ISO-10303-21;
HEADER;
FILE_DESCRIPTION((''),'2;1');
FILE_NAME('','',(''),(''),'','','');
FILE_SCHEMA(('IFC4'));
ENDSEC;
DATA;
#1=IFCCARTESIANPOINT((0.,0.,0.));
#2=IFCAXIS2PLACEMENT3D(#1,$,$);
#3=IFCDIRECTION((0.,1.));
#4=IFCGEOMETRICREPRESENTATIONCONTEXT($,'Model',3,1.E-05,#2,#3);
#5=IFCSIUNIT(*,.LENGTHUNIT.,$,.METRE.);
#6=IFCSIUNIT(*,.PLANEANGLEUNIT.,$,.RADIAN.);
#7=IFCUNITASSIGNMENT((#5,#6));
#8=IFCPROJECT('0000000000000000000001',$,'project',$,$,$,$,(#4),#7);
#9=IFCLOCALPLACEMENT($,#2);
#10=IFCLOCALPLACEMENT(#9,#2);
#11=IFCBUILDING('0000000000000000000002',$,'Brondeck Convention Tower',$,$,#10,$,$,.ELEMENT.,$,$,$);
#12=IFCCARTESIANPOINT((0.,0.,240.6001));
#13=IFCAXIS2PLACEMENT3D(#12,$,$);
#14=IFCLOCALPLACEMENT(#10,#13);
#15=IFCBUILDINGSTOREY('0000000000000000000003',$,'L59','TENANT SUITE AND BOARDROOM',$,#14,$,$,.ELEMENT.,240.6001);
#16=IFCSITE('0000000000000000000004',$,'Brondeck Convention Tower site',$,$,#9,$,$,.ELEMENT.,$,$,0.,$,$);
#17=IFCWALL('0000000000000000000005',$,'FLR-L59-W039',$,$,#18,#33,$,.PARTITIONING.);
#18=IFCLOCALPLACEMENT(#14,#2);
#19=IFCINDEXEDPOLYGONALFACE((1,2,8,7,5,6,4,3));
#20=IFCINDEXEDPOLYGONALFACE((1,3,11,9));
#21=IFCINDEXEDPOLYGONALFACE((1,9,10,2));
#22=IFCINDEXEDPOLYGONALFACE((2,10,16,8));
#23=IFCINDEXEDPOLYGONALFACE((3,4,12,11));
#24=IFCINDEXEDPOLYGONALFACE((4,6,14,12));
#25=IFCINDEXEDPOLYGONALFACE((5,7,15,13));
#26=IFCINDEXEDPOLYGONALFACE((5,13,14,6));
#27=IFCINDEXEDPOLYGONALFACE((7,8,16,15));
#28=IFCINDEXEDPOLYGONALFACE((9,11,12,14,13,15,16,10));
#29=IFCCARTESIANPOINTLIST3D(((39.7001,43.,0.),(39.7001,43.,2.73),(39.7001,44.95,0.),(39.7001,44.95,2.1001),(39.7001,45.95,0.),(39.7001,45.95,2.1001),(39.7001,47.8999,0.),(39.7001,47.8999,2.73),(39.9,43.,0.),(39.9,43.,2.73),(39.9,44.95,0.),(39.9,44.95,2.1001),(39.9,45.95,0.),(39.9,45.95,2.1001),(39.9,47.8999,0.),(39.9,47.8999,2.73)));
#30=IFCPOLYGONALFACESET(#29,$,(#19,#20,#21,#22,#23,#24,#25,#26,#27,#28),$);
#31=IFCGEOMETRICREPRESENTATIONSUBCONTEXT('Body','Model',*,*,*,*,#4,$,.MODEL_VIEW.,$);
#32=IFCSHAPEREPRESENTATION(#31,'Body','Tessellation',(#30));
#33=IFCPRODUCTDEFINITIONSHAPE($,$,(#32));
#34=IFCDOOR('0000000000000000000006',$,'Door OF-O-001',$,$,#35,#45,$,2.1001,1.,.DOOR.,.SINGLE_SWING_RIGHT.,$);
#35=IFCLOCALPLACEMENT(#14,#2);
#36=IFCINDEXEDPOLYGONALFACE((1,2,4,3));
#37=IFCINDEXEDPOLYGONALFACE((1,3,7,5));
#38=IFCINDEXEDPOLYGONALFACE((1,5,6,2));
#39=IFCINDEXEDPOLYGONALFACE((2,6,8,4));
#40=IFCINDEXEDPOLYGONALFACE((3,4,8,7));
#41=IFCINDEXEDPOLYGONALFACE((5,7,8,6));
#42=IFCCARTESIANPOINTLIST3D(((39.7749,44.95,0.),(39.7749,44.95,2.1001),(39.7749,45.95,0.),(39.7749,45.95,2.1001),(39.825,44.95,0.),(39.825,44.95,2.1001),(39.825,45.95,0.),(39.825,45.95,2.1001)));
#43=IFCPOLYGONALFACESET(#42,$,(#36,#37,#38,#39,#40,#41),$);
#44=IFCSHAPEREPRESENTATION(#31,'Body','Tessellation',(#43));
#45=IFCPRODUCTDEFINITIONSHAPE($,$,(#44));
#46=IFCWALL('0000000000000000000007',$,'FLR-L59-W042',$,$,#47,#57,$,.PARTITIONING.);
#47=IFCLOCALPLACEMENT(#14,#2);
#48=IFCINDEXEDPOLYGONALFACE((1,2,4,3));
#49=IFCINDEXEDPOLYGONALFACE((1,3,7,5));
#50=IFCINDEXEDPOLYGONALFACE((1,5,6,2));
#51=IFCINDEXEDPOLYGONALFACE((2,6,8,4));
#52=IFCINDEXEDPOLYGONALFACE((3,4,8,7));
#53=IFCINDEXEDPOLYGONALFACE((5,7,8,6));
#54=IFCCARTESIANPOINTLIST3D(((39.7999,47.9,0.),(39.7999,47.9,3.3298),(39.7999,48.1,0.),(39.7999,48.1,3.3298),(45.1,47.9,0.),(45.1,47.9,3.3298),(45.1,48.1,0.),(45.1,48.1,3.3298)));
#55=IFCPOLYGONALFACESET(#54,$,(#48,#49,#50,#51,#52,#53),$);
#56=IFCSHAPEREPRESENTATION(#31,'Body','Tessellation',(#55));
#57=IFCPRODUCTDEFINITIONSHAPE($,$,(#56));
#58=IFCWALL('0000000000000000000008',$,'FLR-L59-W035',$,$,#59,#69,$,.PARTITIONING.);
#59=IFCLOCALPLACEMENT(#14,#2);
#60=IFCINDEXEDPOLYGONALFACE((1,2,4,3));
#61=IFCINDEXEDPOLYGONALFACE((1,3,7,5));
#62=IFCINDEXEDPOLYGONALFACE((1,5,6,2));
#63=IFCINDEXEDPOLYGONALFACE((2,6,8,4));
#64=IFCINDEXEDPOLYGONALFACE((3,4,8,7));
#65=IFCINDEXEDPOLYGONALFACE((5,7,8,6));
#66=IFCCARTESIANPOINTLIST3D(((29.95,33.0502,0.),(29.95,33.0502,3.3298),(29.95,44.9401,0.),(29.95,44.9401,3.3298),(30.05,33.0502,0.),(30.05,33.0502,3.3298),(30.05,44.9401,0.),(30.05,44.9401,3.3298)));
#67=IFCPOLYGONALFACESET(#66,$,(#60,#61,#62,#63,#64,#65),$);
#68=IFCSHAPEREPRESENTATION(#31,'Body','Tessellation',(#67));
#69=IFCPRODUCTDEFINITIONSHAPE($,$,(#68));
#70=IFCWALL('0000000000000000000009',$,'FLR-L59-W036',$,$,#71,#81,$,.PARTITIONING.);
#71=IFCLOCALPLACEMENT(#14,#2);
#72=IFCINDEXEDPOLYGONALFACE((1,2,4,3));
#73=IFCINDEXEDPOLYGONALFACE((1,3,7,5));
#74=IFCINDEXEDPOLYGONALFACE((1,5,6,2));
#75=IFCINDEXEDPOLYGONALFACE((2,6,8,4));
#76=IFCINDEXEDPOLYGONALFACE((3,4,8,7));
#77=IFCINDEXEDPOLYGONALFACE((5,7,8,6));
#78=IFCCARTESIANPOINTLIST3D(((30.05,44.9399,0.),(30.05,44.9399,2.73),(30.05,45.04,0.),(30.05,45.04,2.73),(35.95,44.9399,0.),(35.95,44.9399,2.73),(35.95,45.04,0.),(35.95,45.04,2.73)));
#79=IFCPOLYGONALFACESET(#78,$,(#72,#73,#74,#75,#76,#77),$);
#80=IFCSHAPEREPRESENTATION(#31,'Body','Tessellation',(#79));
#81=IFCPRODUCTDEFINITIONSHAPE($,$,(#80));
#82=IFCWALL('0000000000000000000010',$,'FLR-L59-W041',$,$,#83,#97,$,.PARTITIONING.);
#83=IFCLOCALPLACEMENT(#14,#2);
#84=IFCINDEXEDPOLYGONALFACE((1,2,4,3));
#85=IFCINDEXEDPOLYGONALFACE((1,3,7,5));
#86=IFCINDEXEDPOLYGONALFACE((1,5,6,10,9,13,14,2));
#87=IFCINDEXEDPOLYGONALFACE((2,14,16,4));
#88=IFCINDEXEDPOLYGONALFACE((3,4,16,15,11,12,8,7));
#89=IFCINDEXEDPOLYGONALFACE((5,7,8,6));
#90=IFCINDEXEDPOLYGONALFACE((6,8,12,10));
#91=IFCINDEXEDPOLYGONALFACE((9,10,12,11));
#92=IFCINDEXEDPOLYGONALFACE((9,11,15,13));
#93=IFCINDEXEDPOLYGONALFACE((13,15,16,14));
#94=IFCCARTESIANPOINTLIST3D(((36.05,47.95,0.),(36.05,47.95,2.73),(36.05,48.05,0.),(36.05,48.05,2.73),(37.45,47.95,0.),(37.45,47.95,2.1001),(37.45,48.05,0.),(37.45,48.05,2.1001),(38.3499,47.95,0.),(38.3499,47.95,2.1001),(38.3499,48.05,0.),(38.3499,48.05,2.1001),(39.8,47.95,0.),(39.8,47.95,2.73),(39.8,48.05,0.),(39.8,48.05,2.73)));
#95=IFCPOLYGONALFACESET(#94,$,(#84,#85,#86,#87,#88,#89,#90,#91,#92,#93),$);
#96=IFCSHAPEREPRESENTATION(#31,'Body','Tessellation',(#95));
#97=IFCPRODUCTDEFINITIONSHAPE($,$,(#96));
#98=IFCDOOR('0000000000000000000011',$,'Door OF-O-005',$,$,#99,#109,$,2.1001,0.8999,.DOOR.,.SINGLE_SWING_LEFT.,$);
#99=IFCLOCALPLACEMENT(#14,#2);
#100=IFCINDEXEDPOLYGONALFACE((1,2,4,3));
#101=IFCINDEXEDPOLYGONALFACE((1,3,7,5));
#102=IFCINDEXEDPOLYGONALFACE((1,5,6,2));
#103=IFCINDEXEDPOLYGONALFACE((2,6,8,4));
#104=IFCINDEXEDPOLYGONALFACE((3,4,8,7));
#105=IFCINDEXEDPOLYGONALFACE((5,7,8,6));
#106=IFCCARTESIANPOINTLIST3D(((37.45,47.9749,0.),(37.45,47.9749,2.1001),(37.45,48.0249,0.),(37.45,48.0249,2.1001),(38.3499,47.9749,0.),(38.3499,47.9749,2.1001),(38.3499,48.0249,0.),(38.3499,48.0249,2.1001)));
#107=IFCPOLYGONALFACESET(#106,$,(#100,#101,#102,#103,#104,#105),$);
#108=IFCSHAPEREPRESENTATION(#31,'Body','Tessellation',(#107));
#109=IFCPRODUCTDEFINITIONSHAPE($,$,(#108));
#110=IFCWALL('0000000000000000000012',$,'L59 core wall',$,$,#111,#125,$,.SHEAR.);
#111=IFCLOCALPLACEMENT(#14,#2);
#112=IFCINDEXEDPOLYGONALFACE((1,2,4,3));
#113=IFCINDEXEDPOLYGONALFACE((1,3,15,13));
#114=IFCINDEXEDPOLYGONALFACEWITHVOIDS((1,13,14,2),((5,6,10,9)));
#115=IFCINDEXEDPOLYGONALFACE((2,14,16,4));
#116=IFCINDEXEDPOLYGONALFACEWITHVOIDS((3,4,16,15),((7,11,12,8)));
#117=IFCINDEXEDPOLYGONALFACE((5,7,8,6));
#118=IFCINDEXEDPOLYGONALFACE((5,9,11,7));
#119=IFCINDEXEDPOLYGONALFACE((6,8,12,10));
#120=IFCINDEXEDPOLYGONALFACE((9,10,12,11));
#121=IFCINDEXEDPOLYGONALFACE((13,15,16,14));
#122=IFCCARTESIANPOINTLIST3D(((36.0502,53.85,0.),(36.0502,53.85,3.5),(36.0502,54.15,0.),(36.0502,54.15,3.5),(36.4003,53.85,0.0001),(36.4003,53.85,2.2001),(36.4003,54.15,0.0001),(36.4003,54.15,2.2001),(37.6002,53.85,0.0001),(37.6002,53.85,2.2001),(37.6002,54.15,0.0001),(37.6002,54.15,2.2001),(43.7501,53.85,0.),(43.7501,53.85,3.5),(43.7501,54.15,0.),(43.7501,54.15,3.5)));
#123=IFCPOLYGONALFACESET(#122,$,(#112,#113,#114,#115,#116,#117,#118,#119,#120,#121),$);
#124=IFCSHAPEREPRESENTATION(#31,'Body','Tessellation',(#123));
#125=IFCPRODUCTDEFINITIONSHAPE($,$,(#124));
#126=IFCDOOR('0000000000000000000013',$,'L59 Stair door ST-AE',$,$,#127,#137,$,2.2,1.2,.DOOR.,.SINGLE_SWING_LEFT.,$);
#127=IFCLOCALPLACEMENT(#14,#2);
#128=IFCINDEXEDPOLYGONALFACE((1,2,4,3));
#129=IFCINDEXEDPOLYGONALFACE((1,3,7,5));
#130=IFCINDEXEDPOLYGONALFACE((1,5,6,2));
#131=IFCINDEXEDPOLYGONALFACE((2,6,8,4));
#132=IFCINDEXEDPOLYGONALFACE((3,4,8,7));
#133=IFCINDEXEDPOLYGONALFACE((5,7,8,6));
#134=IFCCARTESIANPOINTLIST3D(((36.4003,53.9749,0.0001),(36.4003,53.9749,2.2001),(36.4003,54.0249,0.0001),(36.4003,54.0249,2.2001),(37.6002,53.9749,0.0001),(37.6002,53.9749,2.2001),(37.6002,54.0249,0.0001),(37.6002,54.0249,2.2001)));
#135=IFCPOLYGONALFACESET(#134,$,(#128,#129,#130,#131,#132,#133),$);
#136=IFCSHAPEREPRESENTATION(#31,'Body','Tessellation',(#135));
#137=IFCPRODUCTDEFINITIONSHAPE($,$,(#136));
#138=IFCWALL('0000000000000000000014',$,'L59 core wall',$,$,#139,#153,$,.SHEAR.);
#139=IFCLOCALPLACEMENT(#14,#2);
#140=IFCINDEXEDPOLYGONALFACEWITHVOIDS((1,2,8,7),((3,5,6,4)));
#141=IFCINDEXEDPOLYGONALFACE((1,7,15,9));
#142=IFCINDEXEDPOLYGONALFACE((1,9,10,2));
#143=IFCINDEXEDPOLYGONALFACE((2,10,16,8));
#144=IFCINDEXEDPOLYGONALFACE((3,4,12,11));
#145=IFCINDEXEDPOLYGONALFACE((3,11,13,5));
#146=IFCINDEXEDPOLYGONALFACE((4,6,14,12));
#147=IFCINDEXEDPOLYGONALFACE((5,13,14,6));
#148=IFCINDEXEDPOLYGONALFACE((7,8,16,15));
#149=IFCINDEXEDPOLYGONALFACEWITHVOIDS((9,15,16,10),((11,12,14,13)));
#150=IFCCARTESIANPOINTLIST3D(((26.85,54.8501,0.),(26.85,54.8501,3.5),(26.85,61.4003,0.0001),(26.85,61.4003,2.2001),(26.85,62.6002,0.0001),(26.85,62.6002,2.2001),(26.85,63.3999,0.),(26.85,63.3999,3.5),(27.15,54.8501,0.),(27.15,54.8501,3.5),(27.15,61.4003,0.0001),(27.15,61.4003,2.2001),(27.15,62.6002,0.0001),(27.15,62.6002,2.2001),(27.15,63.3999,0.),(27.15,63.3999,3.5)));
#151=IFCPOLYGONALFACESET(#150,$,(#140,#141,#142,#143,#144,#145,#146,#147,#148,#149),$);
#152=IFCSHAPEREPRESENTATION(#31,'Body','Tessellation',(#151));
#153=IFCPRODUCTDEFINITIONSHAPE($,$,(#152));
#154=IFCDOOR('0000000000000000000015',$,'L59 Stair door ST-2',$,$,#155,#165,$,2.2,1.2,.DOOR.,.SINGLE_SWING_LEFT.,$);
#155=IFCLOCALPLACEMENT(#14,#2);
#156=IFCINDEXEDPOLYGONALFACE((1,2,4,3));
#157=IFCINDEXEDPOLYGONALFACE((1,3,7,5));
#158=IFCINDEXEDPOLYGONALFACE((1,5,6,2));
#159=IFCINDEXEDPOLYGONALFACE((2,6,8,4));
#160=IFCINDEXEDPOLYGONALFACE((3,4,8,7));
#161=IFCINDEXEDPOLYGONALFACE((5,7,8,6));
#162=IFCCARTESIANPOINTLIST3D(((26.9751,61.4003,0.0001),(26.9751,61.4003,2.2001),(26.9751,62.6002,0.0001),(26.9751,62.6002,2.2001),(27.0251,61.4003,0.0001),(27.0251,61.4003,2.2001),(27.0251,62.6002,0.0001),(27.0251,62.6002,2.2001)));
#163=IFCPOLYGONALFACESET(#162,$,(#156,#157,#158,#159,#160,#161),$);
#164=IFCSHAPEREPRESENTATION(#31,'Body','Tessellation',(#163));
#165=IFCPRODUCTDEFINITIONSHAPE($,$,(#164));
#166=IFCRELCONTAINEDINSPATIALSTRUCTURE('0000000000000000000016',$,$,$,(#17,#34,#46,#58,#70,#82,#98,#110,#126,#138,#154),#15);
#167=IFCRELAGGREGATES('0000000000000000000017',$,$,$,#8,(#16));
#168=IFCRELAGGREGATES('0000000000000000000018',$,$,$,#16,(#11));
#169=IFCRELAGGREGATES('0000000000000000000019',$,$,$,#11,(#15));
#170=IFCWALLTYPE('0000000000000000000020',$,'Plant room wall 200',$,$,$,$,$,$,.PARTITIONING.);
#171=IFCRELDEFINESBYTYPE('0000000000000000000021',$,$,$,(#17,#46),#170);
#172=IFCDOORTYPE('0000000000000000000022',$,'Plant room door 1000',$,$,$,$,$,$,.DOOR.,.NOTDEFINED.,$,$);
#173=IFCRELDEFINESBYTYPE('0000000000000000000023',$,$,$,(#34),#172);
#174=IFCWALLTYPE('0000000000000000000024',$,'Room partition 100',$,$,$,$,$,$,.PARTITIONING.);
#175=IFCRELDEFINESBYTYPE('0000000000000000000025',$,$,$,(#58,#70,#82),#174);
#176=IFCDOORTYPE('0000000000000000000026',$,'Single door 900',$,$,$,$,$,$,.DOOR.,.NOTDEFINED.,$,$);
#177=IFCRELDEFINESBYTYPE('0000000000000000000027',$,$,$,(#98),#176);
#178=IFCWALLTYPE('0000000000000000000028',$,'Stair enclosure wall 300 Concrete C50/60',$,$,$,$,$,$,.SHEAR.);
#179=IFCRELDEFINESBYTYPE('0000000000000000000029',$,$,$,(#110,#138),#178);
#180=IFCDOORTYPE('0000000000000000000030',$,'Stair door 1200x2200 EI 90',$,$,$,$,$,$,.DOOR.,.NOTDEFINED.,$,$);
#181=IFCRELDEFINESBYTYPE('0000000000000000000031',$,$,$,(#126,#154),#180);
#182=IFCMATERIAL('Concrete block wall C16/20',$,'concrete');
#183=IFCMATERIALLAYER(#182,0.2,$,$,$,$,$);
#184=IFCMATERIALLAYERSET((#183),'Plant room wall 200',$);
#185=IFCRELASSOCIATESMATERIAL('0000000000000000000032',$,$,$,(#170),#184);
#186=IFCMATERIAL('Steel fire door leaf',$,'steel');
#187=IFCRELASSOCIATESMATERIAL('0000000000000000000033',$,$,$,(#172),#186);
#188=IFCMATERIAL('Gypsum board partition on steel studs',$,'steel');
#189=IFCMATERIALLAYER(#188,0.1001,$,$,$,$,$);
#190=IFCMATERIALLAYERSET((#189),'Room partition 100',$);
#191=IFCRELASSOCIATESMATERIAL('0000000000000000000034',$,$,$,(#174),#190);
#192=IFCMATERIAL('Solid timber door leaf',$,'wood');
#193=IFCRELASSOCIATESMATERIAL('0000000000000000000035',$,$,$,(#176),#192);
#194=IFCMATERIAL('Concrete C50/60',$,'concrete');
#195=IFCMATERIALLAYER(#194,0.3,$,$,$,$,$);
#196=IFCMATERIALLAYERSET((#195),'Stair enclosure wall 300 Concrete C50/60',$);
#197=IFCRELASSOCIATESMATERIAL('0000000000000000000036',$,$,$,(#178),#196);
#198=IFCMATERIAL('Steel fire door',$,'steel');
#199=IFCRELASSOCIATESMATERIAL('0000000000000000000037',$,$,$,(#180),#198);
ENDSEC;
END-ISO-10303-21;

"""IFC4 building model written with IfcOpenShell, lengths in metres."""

from ifc_helpers import new_model, si_unit, direction, frame, frame_2d, origin, place, context, subcontext, project, spatial, rectangle, extrude, material, layer, layer_set, type_object, element, fill, save


model = new_model("IFC4")

# Units and contexts
model_context = context("Model", 3, precision=1e-05, world=origin(), true_north=direction((0.0, 1.0)))
body_context = subcontext(model_context, "Body", "Model", "MODEL_VIEW")
ifc_project = project(units=[si_unit("LENGTHUNIT", "METRE"), si_unit("PLANEANGLEUNIT", "RADIAN")], contexts=[model_context])

# Site, building, storey
site_placement = place(None, origin())
site = spatial("IfcSite", under=ifc_project, at=site_placement, Name="Brondeck Convention Tower site", CompositionType="ELEMENT", RefElevation=0.0)
building_placement = place(site_placement, origin())
building = spatial("IfcBuilding", under=site, at=building_placement, Name="Brondeck Convention Tower", CompositionType="ELEMENT")
storey_placement = place(building_placement, frame((0.0, 0.0, 240.6001)))
storey = spatial("IfcBuildingStorey", under=building, at=storey_placement, Name="L59", Description="TENANT SUITE AND BOARDROOM", CompositionType="ELEMENT", Elevation=240.6001)

# Shared definitions
ifc_material_1 = material(Name="Concrete C50/60", Category="concrete")

# Wall, opening, door
ifc_material_2 = material(Name="Concrete block wall C16/20", Category="concrete")
ifc_layer_1 = layer(ifc_material_2, 0.2)
ifc_layer_set_1 = layer_set([ifc_layer_1], Name="Plant room wall 200")
wall_type_1 = type_object("IfcWallType", Name="Plant room wall 200", PredefinedType="PARTITIONING", material=ifc_layer_set_1)
wall_1_placement = place(storey_placement, frame((39.8, 47.8999, 0.0), z_axis=(0.0, 0.0, 1.0), x_axis=(0.0, -1.0, 0.0)))
wall_1 = element("IfcWall", 1, at=wall_1_placement, inside=storey, type_object=wall_type_1, Name="FLR-L59-W039", PredefinedType="PARTITIONING", context=body_context, shape_type="SweptSolid", body=[
    extrude(rectangle(XDim=4.8999, YDim=0.2, at=frame_2d((2.45, 0.0))), origin(), (0.0, 0.0, 1.0), 2.73),
])
opening_1_placement = place(wall_1_placement, frame((1.95, 0.0, 0.0)))
opening_1 = element("IfcOpeningElement", 2, at=opening_1_placement, cuts=wall_1, PredefinedType="OPENING", context=body_context, shape_type="SweptSolid", body=[
    extrude(rectangle(XDim=1.0, YDim=2.1001, at=frame_2d((0.5, 1.05))), frame((0.0, 0.1099, 0.0), z_axis=(0.0, -1.0, 0.0), x_axis=(1.0, 0.0, 0.0)), (0.0, 0.0, 1.0), 0.22),
])
ifc_material_3 = material(Name="Steel fire door leaf", Category="steel")
door_type_1 = type_object("IfcDoorType", Name="Plant room door 1000", OperationType="NOTDEFINED", PredefinedType="DOOR", material=ifc_material_3)
door_1_placement = place(opening_1_placement, origin())
door_1 = element("IfcDoor", 3, at=door_1_placement, inside=storey, type_object=door_type_1, Name="Door OF-O-001", OperationType="SINGLE_SWING_RIGHT", OverallHeight=2.1001, OverallWidth=1.0, PredefinedType="DOOR", context=body_context, shape_type="SweptSolid", body=[
    extrude(rectangle(XDim=1.0, YDim=2.1001, at=frame_2d((0.5, 1.05))), frame((0.0, 0.0249, 0.0), z_axis=(0.0, -1.0, 0.0), x_axis=(1.0, 0.0, 0.0)), (0.0, 0.0, 1.0), 0.05),
])
fill(opening_1, door_1)

# Walls
wall_2_placement = place(storey_placement, frame((39.8, 48.0, 0.0), z_axis=(0.0, 0.0, 1.0), x_axis=(1.0, 0.0, 0.0)))
element("IfcWall", 4, at=wall_2_placement, inside=storey, type_object=wall_type_1, Name="FLR-L59-W042", PredefinedType="PARTITIONING", context=body_context, shape_type="SweptSolid", body=[
    extrude(rectangle(XDim=5.3, YDim=0.2, at=frame_2d((2.6499, 0.0))), origin(), (0.0, 0.0, 1.0), 3.3298),
])
ifc_material_4 = material(Name="Gypsum board partition on steel studs", Category="steel")
ifc_layer_2 = layer(ifc_material_4, 0.1001)
ifc_layer_set_2 = layer_set([ifc_layer_2], Name="Room partition 100")
wall_type_2 = type_object("IfcWallType", Name="Room partition 100", PredefinedType="PARTITIONING", material=ifc_layer_set_2)
wall_3_placement = place(storey_placement, frame((30.0, 44.9399, 0.0), z_axis=(0.0, 0.0, 1.0), x_axis=(0.0, -1.0, 0.0)))
element("IfcWall", 5, at=wall_3_placement, inside=storey, type_object=wall_type_2, Name="FLR-L59-W035", PredefinedType="PARTITIONING", context=body_context, shape_type="SweptSolid", body=[
    extrude(rectangle(XDim=11.8899, YDim=0.1001, at=frame_2d((5.9448, 0.0))), origin(), (0.0, 0.0, 1.0), 3.3298),
])
wall_4_placement = place(storey_placement, frame((30.05, 44.99, 0.0), z_axis=(0.0, 0.0, 1.0), x_axis=(1.0, 0.0, 0.0)))
element("IfcWall", 6, at=wall_4_placement, inside=storey, type_object=wall_type_2, Name="FLR-L59-W036", PredefinedType="PARTITIONING", context=body_context, shape_type="SweptSolid", body=[
    extrude(rectangle(XDim=5.8999, YDim=0.1001, at=frame_2d((2.95, 0.0))), origin(), (0.0, 0.0, 1.0), 2.73),
])

# Walls, openings, doors
wall_5_placement = place(storey_placement, frame((36.05, 48.0, 0.0), z_axis=(0.0, 0.0, 1.0), x_axis=(1.0, 0.0, 0.0)))
wall_5 = element("IfcWall", 7, at=wall_5_placement, inside=storey, type_object=wall_type_2, Name="FLR-L59-W041", PredefinedType="PARTITIONING", context=body_context, shape_type="SweptSolid", body=[
    extrude(rectangle(XDim=3.75, YDim=0.1001, at=frame_2d((1.875, 0.0))), origin(), (0.0, 0.0, 1.0), 2.73),
])
opening_2_placement = place(wall_5_placement, frame((1.3999, 0.0, 0.0)))
opening_2 = element("IfcOpeningElement", 8, at=opening_2_placement, cuts=wall_5, PredefinedType="OPENING", context=body_context, shape_type="SweptSolid", body=[
    extrude(rectangle(XDim=0.8999, YDim=2.1001, at=frame_2d((0.45, 1.05))), frame((0.0, 0.0601, 0.0), z_axis=(0.0, -1.0, 0.0), x_axis=(1.0, 0.0, 0.0)), (0.0, 0.0, 1.0), 0.1201),
])
ifc_material_5 = material(Name="Solid timber door leaf", Category="wood")
door_type_2 = type_object("IfcDoorType", Name="Single door 900", OperationType="NOTDEFINED", PredefinedType="DOOR", material=ifc_material_5)
door_2_placement = place(opening_2_placement, origin())
door_2 = element("IfcDoor", 9, at=door_2_placement, inside=storey, type_object=door_type_2, Name="Door OF-O-005", OperationType="SINGLE_SWING_LEFT", OverallHeight=2.1001, OverallWidth=0.8999, PredefinedType="DOOR", context=body_context, shape_type="SweptSolid", body=[
    extrude(rectangle(XDim=0.8999, YDim=2.1001, at=frame_2d((0.45, 1.05))), frame((0.0, 0.0249, 0.0), z_axis=(0.0, -1.0, 0.0), x_axis=(1.0, 0.0, 0.0)), (0.0, 0.0, 1.0), 0.05),
])
fill(opening_2, door_2)
ifc_layer_3 = layer(ifc_material_1, 0.3)
ifc_layer_set_3 = layer_set([ifc_layer_3], Name="Stair enclosure wall 300 Concrete C50/60")
wall_type_3 = type_object("IfcWallType", Name="Stair enclosure wall 300 Concrete C50/60", PredefinedType="SHEAR", material=ifc_layer_set_3)
wall_6_placement = place(storey_placement, frame((36.05, 54.0, 0.0), z_axis=(0.0, 0.0, 1.0), x_axis=(1.0, 0.0, 0.0)))
wall_6 = element("IfcWall", 10, at=wall_6_placement, inside=storey, type_object=wall_type_3, Name="L59 core wall", PredefinedType="SHEAR", context=body_context, shape_type="SweptSolid", body=[
    extrude(rectangle(XDim=7.7, YDim=0.3, at=frame_2d((3.8501, 0.0))), origin(), (0.0, 0.0, 1.0), 3.5),
])
opening_3_placement = place(wall_6_placement, frame((0.3501, 0.0, 0.0)))
opening_3 = element("IfcOpeningElement", 11, at=opening_3_placement, cuts=wall_6, PredefinedType="OPENING", context=body_context, shape_type="SweptSolid", body=[
    extrude(rectangle(XDim=1.2, YDim=2.2, at=frame_2d((0.6001, 1.1001))), frame((0.0, 0.1599, 0.0), z_axis=(0.0, -1.0, 0.0), x_axis=(1.0, 0.0, 0.0)), (0.0, 0.0, 1.0), 0.3201),
])
ifc_material_6 = material(Name="Steel fire door", Category="steel")
door_type_3 = type_object("IfcDoorType", Name="Stair door 1200x2200 EI 90", OperationType="NOTDEFINED", PredefinedType="DOOR", material=ifc_material_6)
door_3_placement = place(opening_3_placement, origin())
door_3 = element("IfcDoor", 12, at=door_3_placement, inside=storey, type_object=door_type_3, Name="L59 Stair door ST-AE", OperationType="SINGLE_SWING_LEFT", OverallHeight=2.2, OverallWidth=1.2, PredefinedType="DOOR", context=body_context, shape_type="SweptSolid", body=[
    extrude(rectangle(XDim=1.2, YDim=2.2, at=frame_2d((0.6001, 1.1001))), frame((0.0, 0.0249, 0.0), z_axis=(0.0, -1.0, 0.0), x_axis=(1.0, 0.0, 0.0)), (0.0, 0.0, 1.0), 0.05),
])
fill(opening_3, door_3)
wall_7_placement = place(storey_placement, frame((27.0, 54.8501, 0.0), z_axis=(0.0, 0.0, 1.0), x_axis=(0.0, 1.0, 0.0)))
wall_7 = element("IfcWall", 13, at=wall_7_placement, inside=storey, type_object=wall_type_3, Name="L59 core wall", PredefinedType="SHEAR", context=body_context, shape_type="SweptSolid", body=[
    extrude(rectangle(XDim=8.5498, YDim=0.3, at=frame_2d((4.2749, 0.0))), origin(), (0.0, 0.0, 1.0), 3.5),
])
opening_4_placement = place(wall_7_placement, frame((6.55, 0.0, 0.0)))
opening_4 = element("IfcOpeningElement", 14, at=opening_4_placement, cuts=wall_7, PredefinedType="OPENING", context=body_context, shape_type="SweptSolid", body=[
    extrude(rectangle(XDim=1.2, YDim=2.2, at=frame_2d((0.6001, 1.1001))), frame((0.0, 0.1599, 0.0), z_axis=(0.0, -1.0, 0.0), x_axis=(1.0, 0.0, 0.0)), (0.0, 0.0, 1.0), 0.3201),
])
door_4_placement = place(opening_4_placement, origin())
door_4 = element("IfcDoor", 15, at=door_4_placement, inside=storey, type_object=door_type_3, Name="L59 Stair door ST-2", OperationType="SINGLE_SWING_LEFT", OverallHeight=2.2, OverallWidth=1.2, PredefinedType="DOOR", context=body_context, shape_type="SweptSolid", body=[
    extrude(rectangle(XDim=1.2, YDim=2.2, at=frame_2d((0.6001, 1.1001))), frame((0.0, 0.0249, 0.0), z_axis=(0.0, -1.0, 0.0), x_axis=(1.0, 0.0, 0.0)), (0.0, 0.0, 1.0), 0.05),
])
fill(opening_4, door_4)

save(model, "model.ifc")
